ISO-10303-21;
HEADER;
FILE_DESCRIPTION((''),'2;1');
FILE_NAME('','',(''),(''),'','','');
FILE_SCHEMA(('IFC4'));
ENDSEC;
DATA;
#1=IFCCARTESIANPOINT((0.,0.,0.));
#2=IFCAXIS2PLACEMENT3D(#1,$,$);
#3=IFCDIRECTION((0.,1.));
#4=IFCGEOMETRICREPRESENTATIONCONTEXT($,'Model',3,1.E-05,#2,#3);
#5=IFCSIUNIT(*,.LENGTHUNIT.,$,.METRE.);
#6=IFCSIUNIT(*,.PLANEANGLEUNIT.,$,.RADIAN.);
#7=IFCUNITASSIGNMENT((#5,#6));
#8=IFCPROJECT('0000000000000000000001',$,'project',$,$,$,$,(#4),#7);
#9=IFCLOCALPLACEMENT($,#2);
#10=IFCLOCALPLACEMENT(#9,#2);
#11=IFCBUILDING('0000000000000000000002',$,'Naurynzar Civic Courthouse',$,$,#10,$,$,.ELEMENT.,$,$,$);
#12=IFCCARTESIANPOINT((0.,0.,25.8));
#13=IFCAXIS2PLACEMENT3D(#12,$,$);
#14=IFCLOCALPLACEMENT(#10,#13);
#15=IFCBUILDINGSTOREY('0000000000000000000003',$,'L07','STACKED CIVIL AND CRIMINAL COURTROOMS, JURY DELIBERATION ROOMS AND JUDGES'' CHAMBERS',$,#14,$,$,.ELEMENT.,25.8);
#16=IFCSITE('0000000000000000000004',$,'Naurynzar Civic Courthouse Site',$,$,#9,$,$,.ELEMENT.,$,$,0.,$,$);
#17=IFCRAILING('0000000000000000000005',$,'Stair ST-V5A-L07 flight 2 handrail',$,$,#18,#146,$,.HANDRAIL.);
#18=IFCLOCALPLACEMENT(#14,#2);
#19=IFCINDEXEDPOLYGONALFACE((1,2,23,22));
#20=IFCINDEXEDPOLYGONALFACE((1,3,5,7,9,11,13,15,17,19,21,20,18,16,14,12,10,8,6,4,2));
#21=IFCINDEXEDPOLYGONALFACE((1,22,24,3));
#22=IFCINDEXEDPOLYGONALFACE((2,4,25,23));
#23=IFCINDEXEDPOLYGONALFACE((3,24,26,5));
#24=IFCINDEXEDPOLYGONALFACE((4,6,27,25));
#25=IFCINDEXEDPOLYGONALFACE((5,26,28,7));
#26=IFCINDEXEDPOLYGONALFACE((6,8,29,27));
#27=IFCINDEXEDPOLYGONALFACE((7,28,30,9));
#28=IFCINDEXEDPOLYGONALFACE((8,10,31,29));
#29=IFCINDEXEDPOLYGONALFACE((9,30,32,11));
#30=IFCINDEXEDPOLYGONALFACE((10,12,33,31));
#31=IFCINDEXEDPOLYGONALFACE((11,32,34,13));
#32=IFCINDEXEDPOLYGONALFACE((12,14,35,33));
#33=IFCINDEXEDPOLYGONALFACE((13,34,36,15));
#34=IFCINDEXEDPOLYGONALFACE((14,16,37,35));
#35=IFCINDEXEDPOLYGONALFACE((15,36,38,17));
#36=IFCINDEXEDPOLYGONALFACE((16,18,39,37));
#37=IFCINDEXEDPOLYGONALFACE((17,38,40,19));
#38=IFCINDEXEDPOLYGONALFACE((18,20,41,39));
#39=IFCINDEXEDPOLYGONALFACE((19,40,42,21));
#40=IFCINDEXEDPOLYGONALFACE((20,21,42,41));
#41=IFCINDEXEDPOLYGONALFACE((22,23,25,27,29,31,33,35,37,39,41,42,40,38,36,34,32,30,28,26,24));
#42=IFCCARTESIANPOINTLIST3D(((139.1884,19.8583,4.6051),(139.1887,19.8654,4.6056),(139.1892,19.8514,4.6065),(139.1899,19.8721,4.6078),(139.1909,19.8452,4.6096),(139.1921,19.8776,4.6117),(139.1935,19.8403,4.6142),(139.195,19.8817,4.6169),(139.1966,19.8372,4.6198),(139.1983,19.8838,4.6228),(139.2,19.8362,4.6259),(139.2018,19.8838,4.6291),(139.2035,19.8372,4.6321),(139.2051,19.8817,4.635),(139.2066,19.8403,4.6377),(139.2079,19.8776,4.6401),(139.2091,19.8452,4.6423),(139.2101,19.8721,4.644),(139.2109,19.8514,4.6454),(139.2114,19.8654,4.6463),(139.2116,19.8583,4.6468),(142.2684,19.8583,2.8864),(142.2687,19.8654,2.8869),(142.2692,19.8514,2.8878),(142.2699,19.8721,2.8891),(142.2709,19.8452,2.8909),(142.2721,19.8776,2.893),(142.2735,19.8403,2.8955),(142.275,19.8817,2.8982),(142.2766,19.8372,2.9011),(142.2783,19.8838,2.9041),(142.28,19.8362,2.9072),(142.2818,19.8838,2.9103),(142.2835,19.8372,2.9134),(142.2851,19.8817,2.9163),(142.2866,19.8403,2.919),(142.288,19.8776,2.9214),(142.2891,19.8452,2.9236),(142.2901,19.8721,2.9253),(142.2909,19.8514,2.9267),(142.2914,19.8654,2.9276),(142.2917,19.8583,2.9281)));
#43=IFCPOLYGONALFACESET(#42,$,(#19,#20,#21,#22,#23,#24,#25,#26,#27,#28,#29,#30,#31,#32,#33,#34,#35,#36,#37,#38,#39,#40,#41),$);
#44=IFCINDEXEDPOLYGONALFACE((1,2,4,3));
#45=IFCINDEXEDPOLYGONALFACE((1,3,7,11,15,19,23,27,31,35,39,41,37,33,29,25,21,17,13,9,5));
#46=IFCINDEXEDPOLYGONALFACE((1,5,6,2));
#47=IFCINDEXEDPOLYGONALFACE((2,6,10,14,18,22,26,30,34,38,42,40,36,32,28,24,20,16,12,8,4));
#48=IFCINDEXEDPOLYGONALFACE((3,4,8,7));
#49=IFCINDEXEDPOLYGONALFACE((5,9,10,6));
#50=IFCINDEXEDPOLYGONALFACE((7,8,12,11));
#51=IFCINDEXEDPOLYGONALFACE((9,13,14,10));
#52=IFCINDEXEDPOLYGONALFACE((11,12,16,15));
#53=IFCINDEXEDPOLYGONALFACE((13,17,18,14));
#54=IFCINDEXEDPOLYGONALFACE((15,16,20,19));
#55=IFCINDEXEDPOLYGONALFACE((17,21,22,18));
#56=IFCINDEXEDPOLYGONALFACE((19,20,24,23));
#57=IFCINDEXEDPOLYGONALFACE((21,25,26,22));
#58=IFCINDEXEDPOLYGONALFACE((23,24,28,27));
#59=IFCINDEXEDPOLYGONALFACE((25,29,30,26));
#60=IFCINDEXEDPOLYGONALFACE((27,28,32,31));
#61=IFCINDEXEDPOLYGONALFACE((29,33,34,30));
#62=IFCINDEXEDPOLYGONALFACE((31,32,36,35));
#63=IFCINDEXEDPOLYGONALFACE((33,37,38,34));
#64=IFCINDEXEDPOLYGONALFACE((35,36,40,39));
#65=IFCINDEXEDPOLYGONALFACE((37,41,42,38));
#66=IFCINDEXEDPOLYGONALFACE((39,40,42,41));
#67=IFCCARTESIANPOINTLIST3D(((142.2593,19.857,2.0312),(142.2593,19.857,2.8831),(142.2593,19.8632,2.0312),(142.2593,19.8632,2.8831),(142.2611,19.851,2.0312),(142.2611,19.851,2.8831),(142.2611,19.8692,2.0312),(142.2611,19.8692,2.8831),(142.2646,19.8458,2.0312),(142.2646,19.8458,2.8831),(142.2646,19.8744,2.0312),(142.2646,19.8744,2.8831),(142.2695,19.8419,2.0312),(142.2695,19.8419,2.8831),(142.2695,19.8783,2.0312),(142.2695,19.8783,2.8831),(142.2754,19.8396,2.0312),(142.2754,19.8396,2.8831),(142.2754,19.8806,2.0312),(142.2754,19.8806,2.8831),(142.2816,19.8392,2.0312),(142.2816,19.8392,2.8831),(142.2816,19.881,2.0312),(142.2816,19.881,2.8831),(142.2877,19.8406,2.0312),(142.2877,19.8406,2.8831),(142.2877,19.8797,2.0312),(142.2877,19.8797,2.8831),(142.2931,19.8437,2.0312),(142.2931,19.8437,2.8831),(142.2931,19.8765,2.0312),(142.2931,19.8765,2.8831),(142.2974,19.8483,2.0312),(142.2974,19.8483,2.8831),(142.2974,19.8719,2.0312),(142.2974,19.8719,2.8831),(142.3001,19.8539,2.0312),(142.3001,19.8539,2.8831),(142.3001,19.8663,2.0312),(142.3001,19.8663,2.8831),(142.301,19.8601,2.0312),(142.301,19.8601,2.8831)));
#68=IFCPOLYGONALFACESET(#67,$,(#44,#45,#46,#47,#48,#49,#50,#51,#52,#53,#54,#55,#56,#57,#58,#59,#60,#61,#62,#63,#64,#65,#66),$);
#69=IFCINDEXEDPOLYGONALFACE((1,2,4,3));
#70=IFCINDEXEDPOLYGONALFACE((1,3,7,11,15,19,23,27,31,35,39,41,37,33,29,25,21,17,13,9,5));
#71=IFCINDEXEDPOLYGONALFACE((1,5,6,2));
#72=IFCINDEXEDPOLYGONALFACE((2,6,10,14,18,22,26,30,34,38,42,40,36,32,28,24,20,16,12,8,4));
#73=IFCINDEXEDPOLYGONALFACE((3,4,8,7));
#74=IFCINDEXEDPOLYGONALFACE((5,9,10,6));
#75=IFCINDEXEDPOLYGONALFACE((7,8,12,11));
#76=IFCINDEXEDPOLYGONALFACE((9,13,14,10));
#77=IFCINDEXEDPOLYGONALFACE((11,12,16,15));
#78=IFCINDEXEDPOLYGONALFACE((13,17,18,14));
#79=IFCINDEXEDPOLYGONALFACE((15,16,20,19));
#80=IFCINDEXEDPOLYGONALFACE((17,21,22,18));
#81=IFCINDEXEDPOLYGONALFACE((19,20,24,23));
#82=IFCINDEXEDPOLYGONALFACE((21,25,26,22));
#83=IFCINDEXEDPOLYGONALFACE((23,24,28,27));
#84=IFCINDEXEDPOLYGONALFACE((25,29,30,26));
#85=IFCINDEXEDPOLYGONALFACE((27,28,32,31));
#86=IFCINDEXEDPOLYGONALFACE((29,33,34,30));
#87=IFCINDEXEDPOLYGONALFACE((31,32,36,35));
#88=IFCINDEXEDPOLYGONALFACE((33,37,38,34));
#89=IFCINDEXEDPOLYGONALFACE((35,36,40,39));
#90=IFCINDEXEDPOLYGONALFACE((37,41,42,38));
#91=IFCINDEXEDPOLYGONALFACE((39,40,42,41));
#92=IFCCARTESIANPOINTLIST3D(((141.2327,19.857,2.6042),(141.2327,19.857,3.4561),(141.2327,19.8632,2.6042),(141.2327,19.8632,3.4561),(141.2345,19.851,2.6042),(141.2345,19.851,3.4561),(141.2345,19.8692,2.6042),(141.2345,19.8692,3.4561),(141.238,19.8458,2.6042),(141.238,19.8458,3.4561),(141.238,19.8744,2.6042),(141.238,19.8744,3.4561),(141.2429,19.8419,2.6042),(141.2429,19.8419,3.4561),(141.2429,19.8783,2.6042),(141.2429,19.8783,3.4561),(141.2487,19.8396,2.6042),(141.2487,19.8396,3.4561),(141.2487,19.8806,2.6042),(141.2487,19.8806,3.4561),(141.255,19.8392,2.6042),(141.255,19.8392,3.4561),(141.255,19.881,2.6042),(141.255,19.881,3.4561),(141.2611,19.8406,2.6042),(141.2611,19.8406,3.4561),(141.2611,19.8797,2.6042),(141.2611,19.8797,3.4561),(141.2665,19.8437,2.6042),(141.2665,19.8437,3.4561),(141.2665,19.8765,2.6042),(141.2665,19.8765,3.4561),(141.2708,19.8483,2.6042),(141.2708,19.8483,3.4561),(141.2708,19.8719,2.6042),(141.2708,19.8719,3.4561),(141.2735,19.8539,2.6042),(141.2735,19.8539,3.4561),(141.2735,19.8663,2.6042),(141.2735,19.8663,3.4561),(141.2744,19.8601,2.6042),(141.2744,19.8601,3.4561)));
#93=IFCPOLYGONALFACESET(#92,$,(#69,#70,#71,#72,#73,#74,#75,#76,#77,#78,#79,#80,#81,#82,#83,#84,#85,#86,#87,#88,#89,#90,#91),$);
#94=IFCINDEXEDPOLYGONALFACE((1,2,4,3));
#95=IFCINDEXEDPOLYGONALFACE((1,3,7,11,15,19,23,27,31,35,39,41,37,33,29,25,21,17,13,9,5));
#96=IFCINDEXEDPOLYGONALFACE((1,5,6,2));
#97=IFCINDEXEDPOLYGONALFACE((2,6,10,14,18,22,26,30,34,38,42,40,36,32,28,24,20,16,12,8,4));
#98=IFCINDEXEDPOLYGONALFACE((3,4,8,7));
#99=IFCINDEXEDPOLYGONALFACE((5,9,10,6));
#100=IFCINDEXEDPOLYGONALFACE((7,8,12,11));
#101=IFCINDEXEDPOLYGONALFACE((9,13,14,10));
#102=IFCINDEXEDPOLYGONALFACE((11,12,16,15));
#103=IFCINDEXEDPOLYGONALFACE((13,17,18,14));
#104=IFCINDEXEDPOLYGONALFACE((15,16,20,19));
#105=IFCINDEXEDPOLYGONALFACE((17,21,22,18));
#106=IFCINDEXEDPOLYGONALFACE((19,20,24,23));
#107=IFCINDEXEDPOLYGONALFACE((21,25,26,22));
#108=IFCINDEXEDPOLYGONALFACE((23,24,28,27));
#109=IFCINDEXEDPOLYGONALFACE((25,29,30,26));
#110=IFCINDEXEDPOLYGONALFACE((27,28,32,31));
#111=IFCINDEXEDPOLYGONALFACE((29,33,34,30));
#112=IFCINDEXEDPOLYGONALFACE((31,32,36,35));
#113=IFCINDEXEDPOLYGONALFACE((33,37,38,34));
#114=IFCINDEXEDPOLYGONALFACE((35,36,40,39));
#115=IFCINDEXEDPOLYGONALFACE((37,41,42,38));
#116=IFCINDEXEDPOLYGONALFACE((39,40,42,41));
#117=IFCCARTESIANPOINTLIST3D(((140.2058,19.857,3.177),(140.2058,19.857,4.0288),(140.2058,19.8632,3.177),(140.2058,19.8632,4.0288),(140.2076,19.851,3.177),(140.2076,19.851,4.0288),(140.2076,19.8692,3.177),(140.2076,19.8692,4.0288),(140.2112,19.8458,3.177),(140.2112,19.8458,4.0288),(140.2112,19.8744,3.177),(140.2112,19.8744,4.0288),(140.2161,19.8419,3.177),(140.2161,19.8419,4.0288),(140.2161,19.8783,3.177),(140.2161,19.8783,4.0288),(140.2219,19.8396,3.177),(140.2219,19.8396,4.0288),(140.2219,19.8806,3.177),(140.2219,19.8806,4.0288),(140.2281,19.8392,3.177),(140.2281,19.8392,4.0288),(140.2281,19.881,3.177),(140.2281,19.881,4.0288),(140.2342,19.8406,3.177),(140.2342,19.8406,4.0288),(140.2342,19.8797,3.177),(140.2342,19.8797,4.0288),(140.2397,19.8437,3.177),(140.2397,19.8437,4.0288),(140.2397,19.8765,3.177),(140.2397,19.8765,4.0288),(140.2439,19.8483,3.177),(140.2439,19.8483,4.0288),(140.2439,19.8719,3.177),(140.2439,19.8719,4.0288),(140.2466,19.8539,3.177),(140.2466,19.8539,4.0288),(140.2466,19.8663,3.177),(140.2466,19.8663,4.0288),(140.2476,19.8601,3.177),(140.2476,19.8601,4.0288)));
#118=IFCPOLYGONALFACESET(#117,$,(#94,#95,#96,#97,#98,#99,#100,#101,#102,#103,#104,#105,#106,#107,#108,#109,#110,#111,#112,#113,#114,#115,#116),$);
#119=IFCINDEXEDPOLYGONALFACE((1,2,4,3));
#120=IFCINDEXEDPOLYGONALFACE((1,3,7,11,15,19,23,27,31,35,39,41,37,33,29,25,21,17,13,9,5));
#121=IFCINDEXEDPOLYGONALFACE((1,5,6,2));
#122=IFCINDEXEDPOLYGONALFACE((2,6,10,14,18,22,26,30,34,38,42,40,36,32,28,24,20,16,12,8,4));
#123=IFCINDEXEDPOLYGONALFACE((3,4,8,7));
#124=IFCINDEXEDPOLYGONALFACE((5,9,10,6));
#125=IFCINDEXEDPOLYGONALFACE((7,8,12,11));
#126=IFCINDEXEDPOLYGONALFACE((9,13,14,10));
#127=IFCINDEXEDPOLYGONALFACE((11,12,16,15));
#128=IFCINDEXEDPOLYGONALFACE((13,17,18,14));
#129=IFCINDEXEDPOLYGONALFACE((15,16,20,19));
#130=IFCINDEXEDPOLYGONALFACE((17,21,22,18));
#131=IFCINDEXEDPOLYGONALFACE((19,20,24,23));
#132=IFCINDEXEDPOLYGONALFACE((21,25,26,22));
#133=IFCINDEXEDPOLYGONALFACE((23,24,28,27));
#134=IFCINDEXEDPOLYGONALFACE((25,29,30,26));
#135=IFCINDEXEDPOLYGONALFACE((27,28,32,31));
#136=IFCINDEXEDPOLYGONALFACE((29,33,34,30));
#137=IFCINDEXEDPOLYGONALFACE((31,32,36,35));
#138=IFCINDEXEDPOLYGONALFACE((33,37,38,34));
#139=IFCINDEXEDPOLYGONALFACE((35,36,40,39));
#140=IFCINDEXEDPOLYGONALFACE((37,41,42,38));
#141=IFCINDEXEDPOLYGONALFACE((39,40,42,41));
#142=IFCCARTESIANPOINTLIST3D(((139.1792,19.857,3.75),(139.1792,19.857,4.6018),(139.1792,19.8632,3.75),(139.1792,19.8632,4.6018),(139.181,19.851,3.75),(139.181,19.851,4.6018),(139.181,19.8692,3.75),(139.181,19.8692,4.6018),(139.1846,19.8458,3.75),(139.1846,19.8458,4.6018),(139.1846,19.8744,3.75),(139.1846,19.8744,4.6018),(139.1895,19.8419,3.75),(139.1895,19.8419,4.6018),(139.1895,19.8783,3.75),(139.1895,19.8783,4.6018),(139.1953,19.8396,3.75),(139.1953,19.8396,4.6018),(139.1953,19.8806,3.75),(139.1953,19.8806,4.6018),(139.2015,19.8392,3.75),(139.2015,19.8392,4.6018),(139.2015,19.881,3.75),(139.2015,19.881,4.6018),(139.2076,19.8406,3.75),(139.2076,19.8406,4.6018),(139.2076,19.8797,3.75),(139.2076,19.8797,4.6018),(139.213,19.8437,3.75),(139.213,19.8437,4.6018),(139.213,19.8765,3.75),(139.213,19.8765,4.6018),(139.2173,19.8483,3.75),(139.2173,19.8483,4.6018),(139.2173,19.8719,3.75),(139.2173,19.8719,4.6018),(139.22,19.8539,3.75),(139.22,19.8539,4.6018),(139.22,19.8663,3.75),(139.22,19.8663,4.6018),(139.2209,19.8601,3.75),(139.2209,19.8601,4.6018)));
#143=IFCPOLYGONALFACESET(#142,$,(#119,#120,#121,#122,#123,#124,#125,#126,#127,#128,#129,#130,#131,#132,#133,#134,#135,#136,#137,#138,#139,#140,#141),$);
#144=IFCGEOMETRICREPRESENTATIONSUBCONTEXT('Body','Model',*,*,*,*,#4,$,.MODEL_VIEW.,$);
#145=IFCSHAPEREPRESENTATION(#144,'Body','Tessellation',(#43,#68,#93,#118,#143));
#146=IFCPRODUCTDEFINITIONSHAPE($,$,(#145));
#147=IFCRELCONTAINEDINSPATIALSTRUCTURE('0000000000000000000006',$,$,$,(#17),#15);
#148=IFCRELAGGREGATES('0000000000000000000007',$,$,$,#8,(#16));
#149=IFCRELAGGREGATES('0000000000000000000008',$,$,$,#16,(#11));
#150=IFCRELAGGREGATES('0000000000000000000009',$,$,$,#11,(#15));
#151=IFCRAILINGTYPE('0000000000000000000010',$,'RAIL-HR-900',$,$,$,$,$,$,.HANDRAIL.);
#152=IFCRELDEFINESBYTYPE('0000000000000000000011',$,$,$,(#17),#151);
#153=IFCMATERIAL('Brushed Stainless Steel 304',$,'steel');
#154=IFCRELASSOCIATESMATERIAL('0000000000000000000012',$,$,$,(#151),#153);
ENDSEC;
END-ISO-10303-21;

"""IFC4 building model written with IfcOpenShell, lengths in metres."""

from ifc_helpers import new_model, si_unit, direction, frame, origin, origin_2d, place, context, subcontext, project, spatial, circle, extrude, material, type_object, element, save


model = new_model("IFC4")

# Units and contexts
model_context = context("Model", 3, precision=1e-05, world=origin(), true_north=direction((0.0, 1.0)))
body_context = subcontext(model_context, "Body", "Model", "MODEL_VIEW")
ifc_project = project(units=[si_unit("LENGTHUNIT", "METRE"), si_unit("PLANEANGLEUNIT", "RADIAN")], contexts=[model_context])

# Site, building, storey
site_placement = place(None, origin())
site = spatial("IfcSite", under=ifc_project, at=site_placement, Name="Naurynzar Civic Courthouse Site", CompositionType="ELEMENT", RefElevation=0.0)
building_placement = place(site_placement, origin())
building = spatial("IfcBuilding", under=site, at=building_placement, Name="Naurynzar Civic Courthouse", CompositionType="ELEMENT")
storey_placement = place(building_placement, frame((0.0, 0.0, 25.8)))
storey = spatial("IfcBuildingStorey", under=building, at=storey_placement, Name="L07", Description="STACKED CIVIL AND CRIMINAL COURTROOMS, JURY DELIBERATION ROOMS AND JUDGES' CHAMBERS", CompositionType="ELEMENT", Elevation=25.8)

# Railing
ifc_material_1 = material(Name="Brushed Stainless Steel 304", Category="steel")
railing_type_1 = type_object("IfcRailingType", Name="RAIL-HR-900", PredefinedType="HANDRAIL", material=ifc_material_1)
railing_1_placement = place(storey_placement, frame((142.28, 19.8601, 2.0312)))
element("IfcRailing", 1, at=railing_1_placement, inside=storey, type_object=railing_type_1, Name="Stair ST-V5A-L07 flight 2 handrail", PredefinedType="HANDRAIL", context=body_context, shape_type="SweptSolid", body=[
    extrude(circle(Radius=0.0239, at=origin_2d()), frame((0.0, 0.0, 0.876), z_axis=(-0.873242, 0.0, 0.487288), x_axis=(0.0, -1.0, 0.0)), (0.0, 0.0, 1.0), 3.5271),
    extrude(circle(Radius=0.021, at=origin_2d()), origin(), (0.0, 0.0, 1.0), 0.8518),
    extrude(circle(Radius=0.021, at=origin_2d()), frame((-1.0266, 0.0, 0.573)), (0.0, 0.0, 1.0), 0.8518),
    extrude(circle(Radius=0.021, at=origin_2d()), frame((-2.0535, 0.0, 1.1458)), (0.0, 0.0, 1.0), 0.8518),
    extrude(circle(Radius=0.021, at=origin_2d()), frame((-3.0801, 0.0, 1.7188)), (0.0, 0.0, 1.0), 0.8518),
])

save(model, "model.ifc")
